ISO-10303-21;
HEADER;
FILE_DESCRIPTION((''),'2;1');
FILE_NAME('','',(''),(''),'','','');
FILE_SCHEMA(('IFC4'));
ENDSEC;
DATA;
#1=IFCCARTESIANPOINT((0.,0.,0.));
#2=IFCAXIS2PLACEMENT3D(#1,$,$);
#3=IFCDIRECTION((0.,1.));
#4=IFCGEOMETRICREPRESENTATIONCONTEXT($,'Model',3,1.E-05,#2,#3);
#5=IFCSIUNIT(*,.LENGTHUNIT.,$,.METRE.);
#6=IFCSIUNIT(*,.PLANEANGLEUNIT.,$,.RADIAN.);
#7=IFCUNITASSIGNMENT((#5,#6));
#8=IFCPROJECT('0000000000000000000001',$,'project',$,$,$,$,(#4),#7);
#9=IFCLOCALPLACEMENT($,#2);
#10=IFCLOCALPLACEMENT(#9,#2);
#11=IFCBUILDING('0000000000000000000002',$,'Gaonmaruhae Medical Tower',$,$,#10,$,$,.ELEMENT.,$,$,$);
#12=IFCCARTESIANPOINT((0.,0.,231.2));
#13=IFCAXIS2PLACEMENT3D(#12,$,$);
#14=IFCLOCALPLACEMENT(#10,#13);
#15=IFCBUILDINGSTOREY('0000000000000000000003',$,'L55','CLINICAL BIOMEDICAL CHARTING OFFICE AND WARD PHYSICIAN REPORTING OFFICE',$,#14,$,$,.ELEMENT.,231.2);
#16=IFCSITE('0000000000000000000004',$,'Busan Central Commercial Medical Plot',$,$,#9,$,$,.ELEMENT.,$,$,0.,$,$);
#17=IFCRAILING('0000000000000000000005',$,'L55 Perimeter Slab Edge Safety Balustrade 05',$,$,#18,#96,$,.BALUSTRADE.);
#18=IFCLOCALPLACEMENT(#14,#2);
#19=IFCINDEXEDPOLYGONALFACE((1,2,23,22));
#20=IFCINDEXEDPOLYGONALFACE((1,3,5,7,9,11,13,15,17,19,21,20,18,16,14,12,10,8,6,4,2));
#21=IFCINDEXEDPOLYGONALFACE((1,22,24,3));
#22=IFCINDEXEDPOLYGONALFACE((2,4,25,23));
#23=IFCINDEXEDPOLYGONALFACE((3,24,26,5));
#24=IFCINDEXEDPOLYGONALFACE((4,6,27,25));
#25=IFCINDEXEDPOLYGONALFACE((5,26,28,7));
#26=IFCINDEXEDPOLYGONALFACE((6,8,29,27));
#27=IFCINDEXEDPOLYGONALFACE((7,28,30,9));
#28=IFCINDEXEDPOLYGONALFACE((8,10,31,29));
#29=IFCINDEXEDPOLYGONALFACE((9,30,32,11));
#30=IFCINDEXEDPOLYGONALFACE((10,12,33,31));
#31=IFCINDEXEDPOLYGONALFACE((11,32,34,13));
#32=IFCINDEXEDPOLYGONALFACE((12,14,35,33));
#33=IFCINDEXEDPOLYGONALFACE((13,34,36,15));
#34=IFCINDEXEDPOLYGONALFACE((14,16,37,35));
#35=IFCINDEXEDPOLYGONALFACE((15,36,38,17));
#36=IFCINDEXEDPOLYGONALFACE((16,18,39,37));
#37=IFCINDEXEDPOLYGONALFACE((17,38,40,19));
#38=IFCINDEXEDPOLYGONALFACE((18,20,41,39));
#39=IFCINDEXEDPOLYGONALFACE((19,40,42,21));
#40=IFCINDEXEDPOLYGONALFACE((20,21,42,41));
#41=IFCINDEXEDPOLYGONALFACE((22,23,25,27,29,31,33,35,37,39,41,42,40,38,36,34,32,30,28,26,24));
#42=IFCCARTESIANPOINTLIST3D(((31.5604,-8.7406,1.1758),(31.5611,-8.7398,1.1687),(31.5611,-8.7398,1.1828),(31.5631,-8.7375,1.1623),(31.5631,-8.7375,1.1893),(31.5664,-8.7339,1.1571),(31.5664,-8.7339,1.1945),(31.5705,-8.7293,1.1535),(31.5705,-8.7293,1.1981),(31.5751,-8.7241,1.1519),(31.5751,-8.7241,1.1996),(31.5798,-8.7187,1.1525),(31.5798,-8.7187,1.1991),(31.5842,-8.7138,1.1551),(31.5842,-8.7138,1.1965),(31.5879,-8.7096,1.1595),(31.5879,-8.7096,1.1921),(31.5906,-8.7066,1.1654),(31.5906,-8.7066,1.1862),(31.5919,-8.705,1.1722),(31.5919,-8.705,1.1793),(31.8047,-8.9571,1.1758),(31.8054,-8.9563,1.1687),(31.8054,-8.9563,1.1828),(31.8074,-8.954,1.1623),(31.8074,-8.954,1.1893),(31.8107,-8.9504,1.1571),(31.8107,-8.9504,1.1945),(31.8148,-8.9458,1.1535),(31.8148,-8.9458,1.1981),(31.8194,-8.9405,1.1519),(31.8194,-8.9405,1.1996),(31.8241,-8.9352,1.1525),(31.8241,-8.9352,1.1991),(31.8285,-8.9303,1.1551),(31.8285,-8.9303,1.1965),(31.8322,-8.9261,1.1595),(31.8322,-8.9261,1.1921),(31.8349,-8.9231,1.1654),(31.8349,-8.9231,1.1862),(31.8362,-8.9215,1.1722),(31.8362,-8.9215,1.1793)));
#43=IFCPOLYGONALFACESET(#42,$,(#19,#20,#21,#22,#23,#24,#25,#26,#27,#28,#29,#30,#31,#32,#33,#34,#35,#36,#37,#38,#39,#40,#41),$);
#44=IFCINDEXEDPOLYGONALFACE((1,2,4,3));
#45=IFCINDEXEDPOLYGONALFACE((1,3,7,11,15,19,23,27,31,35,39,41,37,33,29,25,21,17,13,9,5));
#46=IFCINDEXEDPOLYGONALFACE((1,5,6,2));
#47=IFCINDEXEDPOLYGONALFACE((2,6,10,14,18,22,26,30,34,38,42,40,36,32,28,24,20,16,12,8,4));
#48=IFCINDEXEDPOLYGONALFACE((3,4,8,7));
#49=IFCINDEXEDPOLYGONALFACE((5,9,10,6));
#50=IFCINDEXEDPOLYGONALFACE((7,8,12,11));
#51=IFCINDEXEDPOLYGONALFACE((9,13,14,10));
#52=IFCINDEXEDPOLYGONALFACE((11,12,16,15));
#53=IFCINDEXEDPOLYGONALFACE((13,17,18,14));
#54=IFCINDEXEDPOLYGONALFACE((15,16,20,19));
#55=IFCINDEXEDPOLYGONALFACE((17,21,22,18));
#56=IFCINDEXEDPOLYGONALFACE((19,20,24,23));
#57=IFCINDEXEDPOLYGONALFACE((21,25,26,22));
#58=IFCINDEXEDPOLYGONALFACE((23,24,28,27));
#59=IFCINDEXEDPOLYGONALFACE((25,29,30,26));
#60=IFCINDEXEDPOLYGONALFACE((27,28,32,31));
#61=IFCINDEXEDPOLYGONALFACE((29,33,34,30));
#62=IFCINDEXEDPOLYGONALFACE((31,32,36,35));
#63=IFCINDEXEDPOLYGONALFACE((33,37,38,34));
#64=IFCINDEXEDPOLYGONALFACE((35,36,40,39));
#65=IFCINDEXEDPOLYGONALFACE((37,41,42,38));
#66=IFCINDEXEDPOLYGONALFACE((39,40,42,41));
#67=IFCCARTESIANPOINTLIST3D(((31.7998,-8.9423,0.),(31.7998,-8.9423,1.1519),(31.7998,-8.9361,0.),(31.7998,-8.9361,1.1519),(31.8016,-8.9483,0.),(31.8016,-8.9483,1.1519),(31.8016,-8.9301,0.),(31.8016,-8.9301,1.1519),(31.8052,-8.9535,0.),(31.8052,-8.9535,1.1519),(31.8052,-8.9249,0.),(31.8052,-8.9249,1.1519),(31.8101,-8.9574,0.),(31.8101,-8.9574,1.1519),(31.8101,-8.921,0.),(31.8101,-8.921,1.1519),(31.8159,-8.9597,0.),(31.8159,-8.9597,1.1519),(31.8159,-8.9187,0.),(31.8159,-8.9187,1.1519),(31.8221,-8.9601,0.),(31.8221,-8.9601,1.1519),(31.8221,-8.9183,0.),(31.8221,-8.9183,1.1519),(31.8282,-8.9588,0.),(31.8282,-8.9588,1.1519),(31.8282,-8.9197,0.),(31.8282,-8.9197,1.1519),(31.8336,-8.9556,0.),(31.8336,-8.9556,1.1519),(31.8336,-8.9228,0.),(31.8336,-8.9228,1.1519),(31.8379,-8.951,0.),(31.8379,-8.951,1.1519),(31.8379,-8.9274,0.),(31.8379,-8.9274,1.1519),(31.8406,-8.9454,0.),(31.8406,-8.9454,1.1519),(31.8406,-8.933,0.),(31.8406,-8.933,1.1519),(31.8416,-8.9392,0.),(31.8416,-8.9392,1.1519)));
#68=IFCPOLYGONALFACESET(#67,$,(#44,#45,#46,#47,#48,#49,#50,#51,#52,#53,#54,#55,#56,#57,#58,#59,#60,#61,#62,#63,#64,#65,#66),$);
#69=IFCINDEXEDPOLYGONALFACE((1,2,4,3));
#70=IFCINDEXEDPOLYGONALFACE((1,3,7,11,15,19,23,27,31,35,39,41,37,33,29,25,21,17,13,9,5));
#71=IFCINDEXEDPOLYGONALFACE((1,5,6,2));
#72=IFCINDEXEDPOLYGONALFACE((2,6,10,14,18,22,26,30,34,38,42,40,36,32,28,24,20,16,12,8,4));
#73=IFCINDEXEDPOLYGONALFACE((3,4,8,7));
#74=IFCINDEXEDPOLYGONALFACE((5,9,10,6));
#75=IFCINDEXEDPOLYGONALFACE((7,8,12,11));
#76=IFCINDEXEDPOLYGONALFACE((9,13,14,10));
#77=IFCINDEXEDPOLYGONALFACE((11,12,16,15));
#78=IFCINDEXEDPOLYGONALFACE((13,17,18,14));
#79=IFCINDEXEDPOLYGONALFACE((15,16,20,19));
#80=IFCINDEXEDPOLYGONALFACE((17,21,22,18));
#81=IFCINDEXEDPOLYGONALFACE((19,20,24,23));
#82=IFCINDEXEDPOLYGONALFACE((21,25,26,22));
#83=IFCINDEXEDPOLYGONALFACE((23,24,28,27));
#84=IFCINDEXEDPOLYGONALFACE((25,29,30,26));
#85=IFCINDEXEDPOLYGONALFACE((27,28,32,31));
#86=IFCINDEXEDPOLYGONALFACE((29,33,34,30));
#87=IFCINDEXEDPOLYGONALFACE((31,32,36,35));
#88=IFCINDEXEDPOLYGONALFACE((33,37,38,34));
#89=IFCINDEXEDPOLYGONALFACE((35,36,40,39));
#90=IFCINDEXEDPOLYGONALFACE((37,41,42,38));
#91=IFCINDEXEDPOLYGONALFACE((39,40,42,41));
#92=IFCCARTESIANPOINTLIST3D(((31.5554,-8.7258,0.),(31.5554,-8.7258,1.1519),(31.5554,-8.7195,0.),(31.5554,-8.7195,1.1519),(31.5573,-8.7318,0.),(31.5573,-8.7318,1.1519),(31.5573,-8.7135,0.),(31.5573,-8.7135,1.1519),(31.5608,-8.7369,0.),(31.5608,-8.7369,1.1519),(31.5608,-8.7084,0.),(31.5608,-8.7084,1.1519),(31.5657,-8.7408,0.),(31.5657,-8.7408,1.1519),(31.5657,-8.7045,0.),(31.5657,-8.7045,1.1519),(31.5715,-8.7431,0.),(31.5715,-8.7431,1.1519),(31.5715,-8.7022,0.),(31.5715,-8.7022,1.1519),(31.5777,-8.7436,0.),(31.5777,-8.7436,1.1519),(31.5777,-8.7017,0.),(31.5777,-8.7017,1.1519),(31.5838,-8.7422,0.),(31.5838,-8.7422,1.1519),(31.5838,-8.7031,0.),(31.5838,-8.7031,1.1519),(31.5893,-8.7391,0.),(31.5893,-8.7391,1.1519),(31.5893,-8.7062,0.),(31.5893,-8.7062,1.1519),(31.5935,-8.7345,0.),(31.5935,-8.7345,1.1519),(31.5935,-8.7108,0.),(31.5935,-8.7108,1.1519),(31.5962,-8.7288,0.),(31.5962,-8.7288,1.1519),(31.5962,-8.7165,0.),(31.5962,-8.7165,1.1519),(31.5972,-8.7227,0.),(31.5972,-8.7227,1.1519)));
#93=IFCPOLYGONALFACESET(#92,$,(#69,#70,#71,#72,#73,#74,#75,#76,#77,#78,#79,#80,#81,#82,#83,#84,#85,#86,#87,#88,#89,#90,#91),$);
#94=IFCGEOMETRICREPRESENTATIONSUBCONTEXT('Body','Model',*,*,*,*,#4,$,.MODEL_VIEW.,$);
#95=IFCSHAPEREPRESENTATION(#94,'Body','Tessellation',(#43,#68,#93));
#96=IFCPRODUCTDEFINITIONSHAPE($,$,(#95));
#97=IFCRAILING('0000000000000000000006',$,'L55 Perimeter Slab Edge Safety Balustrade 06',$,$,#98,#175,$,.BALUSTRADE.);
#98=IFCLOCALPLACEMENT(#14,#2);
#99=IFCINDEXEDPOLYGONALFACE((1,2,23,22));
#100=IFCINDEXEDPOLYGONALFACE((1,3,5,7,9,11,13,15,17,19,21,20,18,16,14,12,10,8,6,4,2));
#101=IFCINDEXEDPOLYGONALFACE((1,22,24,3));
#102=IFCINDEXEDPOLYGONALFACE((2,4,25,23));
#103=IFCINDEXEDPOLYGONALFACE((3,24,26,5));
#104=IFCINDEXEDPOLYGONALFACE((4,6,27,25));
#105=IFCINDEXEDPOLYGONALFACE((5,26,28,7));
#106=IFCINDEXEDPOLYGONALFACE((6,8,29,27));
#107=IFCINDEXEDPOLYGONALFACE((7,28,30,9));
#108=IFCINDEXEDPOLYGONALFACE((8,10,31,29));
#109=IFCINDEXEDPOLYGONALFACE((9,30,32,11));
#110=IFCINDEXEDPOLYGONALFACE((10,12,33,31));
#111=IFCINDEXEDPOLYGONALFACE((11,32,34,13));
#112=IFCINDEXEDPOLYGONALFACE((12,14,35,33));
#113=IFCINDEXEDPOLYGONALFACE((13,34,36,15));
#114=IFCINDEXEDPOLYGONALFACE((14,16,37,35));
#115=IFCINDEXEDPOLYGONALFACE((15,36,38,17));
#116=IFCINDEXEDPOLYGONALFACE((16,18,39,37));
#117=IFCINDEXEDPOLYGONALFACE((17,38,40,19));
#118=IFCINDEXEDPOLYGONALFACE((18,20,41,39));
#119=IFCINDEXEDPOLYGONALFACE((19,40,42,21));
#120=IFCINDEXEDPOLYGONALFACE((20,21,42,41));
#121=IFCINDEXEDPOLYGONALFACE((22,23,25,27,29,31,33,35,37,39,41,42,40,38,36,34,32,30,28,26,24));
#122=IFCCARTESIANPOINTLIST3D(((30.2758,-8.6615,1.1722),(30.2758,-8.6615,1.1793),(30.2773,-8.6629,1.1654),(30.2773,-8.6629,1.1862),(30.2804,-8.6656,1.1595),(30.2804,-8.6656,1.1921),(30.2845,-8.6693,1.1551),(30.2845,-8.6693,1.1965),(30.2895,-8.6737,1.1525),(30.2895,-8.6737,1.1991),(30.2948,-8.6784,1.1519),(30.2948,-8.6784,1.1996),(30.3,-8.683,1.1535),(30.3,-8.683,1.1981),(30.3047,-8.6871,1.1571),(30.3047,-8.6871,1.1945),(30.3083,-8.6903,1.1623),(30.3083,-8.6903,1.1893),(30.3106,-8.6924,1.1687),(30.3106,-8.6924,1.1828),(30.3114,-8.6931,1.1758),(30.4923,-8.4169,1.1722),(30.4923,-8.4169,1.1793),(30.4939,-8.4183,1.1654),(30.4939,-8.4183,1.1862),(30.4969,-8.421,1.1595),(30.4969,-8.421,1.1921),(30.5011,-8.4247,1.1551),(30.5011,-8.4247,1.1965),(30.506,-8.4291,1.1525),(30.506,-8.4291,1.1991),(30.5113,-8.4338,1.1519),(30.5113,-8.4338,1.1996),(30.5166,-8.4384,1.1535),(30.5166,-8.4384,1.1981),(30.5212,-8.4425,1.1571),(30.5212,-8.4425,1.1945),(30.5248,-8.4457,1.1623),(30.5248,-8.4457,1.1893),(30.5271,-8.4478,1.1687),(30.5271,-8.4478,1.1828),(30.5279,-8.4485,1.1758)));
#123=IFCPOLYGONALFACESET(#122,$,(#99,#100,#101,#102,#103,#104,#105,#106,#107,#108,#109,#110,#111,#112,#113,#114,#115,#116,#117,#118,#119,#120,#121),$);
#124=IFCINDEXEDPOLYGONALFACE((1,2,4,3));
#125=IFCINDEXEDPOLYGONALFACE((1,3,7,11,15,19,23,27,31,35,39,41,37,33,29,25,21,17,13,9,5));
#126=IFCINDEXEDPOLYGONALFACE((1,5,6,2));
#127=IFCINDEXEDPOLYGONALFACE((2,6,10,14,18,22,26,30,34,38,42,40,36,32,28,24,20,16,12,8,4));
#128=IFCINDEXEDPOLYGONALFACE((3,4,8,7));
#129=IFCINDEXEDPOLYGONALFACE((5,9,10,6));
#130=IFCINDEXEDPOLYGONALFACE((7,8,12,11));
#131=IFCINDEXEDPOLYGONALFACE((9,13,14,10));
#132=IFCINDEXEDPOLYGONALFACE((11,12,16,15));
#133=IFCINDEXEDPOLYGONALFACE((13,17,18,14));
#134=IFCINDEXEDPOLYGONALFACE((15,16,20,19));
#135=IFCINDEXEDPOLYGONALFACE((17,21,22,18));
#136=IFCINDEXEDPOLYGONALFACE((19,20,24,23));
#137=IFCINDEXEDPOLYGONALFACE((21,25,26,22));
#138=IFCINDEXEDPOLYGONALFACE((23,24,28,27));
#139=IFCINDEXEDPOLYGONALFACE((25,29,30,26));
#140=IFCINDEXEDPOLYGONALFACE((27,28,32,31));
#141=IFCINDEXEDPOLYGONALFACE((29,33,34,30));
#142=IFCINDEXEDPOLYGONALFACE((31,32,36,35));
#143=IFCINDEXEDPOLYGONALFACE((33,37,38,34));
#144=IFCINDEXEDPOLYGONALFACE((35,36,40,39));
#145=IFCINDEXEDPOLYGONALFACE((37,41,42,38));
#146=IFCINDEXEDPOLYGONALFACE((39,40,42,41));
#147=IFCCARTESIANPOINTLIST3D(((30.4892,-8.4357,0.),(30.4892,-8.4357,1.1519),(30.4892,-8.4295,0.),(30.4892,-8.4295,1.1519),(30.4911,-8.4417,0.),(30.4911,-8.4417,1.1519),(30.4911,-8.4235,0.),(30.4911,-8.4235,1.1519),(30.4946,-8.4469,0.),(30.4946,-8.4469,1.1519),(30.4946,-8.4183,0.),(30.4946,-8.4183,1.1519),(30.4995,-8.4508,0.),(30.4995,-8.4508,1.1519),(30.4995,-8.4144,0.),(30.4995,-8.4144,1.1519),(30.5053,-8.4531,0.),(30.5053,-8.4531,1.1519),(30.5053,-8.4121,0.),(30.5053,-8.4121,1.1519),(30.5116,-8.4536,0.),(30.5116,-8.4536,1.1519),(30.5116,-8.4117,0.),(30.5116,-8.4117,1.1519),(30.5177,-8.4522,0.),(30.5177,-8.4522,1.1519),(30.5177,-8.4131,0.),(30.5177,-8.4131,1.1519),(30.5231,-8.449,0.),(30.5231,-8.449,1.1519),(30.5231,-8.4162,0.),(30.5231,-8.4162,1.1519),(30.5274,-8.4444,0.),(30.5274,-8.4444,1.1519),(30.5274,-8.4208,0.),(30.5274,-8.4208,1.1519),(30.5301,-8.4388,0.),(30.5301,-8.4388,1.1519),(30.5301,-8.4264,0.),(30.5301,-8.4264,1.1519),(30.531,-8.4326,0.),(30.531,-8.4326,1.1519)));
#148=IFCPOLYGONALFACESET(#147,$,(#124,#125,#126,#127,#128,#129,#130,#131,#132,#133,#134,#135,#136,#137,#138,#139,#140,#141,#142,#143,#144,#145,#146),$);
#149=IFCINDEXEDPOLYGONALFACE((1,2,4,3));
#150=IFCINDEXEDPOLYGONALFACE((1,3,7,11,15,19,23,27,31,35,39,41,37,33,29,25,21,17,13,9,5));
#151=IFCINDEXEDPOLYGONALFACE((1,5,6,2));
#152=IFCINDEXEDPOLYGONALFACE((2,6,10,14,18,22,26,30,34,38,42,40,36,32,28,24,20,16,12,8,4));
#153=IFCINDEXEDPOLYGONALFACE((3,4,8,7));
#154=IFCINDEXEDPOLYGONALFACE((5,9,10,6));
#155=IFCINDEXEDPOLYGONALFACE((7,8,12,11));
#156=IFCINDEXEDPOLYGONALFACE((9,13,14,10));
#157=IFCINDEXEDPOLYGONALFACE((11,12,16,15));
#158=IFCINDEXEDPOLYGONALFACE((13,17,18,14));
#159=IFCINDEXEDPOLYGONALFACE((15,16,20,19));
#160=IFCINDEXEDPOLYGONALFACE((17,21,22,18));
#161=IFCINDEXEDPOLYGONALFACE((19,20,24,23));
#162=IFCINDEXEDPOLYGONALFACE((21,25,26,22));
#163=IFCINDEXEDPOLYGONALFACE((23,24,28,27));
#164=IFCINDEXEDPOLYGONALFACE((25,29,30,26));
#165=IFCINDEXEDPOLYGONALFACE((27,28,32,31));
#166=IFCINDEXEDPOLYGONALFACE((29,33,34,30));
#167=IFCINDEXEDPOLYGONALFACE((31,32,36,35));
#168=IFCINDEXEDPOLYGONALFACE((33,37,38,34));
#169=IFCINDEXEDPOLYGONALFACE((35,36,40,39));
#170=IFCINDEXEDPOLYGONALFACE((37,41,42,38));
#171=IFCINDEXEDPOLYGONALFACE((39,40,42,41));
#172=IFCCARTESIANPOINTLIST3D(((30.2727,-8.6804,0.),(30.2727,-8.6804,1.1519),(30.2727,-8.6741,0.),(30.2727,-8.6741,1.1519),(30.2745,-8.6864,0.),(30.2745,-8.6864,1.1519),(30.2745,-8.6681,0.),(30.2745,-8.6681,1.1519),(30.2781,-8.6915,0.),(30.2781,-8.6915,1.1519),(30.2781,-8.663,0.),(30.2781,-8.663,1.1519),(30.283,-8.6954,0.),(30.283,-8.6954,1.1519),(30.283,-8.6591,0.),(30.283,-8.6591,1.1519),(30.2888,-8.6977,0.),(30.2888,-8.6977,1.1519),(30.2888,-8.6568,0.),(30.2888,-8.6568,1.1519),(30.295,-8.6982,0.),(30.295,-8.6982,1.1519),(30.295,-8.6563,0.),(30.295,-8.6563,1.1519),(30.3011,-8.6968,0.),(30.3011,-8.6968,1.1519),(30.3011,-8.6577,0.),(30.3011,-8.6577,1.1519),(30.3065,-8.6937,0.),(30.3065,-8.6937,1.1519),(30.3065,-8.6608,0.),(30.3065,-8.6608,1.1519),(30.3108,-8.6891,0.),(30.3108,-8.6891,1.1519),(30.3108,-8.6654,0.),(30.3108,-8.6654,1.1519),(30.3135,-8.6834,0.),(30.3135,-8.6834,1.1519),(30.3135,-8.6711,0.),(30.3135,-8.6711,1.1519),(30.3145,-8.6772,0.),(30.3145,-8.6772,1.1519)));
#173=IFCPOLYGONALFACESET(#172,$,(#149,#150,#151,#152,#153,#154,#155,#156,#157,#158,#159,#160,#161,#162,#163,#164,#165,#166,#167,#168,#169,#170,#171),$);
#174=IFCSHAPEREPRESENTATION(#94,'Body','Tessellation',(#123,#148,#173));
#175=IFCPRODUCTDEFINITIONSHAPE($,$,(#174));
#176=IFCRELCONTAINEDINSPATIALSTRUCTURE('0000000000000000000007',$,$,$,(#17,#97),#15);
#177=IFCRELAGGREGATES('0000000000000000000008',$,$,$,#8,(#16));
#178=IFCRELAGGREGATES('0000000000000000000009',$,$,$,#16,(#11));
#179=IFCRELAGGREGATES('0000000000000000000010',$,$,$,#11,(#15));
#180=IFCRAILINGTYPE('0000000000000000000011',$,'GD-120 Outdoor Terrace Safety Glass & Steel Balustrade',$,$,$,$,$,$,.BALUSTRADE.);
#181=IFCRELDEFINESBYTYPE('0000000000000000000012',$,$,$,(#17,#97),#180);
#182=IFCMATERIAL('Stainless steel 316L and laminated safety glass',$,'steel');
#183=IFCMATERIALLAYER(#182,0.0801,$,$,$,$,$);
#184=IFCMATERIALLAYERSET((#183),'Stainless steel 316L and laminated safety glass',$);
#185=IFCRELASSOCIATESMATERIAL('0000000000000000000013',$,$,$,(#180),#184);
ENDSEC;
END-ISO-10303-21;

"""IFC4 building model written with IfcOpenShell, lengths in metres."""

from ifc_helpers import new_model, si_unit, direction, frame, origin, origin_2d, place, context, subcontext, project, spatial, circle, extrude, material, layer, layer_set, type_object, element, save


model = new_model("IFC4")

# Units and contexts
model_context = context("Model", 3, precision=1e-05, world=origin(), true_north=direction((0.0, 1.0)))
body_context = subcontext(model_context, "Body", "Model", "MODEL_VIEW")
ifc_project = project(units=[si_unit("LENGTHUNIT", "METRE"), si_unit("PLANEANGLEUNIT", "RADIAN")], contexts=[model_context])

# Site, building, storey
site_placement = place(None, origin())
site = spatial("IfcSite", under=ifc_project, at=site_placement, Name="Busan Central Commercial Medical Plot", CompositionType="ELEMENT", RefElevation=0.0)
building_placement = place(site_placement, origin())
building = spatial("IfcBuilding", under=site, at=building_placement, Name="Gaonmaruhae Medical Tower", CompositionType="ELEMENT")
storey_placement = place(building_placement, frame((0.0, 0.0, 231.2)))
storey = spatial("IfcBuildingStorey", under=building, at=storey_placement, Name="L55", Description="CLINICAL BIOMEDICAL CHARTING OFFICE AND WARD PHYSICIAN REPORTING OFFICE", CompositionType="ELEMENT", Elevation=231.2)

# Railings
ifc_material_1 = material(Name="Stainless steel 316L and laminated safety glass", Category="steel")
ifc_layer_1 = layer(ifc_material_1, 0.0801)
ifc_layer_set_1 = layer_set([ifc_layer_1], Name="Stainless steel 316L and laminated safety glass")
railing_type = type_object("IfcRailingType", Name="GD-120 Outdoor Terrace Safety Glass & Steel Balustrade", PredefinedType="BALUSTRADE", material=ifc_layer_set_1)
railing_1_placement = place(storey_placement, frame((31.8206, -8.9392, 0.0)))
element("IfcRailing", 1, at=railing_1_placement, inside=storey, type_object=railing_type, Name="L55 Perimeter Slab Edge Safety Balustrade 05", PredefinedType="BALUSTRADE", context=body_context, shape_type="SweptSolid", body=[
    extrude(circle(Radius=0.0239, at=origin_2d()), frame((0.0, 0.0, 1.1758), z_axis=(-0.74844, 0.663203, 0.0), x_axis=(-0.663203, -0.74844, 0.0)), (0.0, 0.0, 1.0), 0.3264),
    extrude(circle(Radius=0.021, at=origin_2d()), origin(), (0.0, 0.0, 1.0), 1.1519),
    extrude(circle(Radius=0.021, at=origin_2d()), frame((-0.2444, 0.2166, 0.0)), (0.0, 0.0, 1.0), 1.1519),
])
railing_2_placement = place(storey_placement, frame((30.51, -8.4326, 0.0)))
element("IfcRailing", 2, at=railing_2_placement, inside=storey, type_object=railing_type, Name="L55 Perimeter Slab Edge Safety Balustrade 06", PredefinedType="BALUSTRADE", context=body_context, shape_type="SweptSolid", body=[
    extrude(circle(Radius=0.0239, at=origin_2d()), frame((0.0, 0.0, 1.1758), z_axis=(-0.662832, -0.748768, 0.0), x_axis=(0.748768, -0.662832, 0.0)), (0.0, 0.0, 1.0), 0.3267),
    extrude(circle(Radius=0.021, at=origin_2d()), origin(), (0.0, 0.0, 1.0), 1.1519),
    extrude(circle(Radius=0.021, at=origin_2d()), frame((-0.2166, -0.2446, 0.0)), (0.0, 0.0, 1.0), 1.1519),
])

save(model, "model.ifc")
